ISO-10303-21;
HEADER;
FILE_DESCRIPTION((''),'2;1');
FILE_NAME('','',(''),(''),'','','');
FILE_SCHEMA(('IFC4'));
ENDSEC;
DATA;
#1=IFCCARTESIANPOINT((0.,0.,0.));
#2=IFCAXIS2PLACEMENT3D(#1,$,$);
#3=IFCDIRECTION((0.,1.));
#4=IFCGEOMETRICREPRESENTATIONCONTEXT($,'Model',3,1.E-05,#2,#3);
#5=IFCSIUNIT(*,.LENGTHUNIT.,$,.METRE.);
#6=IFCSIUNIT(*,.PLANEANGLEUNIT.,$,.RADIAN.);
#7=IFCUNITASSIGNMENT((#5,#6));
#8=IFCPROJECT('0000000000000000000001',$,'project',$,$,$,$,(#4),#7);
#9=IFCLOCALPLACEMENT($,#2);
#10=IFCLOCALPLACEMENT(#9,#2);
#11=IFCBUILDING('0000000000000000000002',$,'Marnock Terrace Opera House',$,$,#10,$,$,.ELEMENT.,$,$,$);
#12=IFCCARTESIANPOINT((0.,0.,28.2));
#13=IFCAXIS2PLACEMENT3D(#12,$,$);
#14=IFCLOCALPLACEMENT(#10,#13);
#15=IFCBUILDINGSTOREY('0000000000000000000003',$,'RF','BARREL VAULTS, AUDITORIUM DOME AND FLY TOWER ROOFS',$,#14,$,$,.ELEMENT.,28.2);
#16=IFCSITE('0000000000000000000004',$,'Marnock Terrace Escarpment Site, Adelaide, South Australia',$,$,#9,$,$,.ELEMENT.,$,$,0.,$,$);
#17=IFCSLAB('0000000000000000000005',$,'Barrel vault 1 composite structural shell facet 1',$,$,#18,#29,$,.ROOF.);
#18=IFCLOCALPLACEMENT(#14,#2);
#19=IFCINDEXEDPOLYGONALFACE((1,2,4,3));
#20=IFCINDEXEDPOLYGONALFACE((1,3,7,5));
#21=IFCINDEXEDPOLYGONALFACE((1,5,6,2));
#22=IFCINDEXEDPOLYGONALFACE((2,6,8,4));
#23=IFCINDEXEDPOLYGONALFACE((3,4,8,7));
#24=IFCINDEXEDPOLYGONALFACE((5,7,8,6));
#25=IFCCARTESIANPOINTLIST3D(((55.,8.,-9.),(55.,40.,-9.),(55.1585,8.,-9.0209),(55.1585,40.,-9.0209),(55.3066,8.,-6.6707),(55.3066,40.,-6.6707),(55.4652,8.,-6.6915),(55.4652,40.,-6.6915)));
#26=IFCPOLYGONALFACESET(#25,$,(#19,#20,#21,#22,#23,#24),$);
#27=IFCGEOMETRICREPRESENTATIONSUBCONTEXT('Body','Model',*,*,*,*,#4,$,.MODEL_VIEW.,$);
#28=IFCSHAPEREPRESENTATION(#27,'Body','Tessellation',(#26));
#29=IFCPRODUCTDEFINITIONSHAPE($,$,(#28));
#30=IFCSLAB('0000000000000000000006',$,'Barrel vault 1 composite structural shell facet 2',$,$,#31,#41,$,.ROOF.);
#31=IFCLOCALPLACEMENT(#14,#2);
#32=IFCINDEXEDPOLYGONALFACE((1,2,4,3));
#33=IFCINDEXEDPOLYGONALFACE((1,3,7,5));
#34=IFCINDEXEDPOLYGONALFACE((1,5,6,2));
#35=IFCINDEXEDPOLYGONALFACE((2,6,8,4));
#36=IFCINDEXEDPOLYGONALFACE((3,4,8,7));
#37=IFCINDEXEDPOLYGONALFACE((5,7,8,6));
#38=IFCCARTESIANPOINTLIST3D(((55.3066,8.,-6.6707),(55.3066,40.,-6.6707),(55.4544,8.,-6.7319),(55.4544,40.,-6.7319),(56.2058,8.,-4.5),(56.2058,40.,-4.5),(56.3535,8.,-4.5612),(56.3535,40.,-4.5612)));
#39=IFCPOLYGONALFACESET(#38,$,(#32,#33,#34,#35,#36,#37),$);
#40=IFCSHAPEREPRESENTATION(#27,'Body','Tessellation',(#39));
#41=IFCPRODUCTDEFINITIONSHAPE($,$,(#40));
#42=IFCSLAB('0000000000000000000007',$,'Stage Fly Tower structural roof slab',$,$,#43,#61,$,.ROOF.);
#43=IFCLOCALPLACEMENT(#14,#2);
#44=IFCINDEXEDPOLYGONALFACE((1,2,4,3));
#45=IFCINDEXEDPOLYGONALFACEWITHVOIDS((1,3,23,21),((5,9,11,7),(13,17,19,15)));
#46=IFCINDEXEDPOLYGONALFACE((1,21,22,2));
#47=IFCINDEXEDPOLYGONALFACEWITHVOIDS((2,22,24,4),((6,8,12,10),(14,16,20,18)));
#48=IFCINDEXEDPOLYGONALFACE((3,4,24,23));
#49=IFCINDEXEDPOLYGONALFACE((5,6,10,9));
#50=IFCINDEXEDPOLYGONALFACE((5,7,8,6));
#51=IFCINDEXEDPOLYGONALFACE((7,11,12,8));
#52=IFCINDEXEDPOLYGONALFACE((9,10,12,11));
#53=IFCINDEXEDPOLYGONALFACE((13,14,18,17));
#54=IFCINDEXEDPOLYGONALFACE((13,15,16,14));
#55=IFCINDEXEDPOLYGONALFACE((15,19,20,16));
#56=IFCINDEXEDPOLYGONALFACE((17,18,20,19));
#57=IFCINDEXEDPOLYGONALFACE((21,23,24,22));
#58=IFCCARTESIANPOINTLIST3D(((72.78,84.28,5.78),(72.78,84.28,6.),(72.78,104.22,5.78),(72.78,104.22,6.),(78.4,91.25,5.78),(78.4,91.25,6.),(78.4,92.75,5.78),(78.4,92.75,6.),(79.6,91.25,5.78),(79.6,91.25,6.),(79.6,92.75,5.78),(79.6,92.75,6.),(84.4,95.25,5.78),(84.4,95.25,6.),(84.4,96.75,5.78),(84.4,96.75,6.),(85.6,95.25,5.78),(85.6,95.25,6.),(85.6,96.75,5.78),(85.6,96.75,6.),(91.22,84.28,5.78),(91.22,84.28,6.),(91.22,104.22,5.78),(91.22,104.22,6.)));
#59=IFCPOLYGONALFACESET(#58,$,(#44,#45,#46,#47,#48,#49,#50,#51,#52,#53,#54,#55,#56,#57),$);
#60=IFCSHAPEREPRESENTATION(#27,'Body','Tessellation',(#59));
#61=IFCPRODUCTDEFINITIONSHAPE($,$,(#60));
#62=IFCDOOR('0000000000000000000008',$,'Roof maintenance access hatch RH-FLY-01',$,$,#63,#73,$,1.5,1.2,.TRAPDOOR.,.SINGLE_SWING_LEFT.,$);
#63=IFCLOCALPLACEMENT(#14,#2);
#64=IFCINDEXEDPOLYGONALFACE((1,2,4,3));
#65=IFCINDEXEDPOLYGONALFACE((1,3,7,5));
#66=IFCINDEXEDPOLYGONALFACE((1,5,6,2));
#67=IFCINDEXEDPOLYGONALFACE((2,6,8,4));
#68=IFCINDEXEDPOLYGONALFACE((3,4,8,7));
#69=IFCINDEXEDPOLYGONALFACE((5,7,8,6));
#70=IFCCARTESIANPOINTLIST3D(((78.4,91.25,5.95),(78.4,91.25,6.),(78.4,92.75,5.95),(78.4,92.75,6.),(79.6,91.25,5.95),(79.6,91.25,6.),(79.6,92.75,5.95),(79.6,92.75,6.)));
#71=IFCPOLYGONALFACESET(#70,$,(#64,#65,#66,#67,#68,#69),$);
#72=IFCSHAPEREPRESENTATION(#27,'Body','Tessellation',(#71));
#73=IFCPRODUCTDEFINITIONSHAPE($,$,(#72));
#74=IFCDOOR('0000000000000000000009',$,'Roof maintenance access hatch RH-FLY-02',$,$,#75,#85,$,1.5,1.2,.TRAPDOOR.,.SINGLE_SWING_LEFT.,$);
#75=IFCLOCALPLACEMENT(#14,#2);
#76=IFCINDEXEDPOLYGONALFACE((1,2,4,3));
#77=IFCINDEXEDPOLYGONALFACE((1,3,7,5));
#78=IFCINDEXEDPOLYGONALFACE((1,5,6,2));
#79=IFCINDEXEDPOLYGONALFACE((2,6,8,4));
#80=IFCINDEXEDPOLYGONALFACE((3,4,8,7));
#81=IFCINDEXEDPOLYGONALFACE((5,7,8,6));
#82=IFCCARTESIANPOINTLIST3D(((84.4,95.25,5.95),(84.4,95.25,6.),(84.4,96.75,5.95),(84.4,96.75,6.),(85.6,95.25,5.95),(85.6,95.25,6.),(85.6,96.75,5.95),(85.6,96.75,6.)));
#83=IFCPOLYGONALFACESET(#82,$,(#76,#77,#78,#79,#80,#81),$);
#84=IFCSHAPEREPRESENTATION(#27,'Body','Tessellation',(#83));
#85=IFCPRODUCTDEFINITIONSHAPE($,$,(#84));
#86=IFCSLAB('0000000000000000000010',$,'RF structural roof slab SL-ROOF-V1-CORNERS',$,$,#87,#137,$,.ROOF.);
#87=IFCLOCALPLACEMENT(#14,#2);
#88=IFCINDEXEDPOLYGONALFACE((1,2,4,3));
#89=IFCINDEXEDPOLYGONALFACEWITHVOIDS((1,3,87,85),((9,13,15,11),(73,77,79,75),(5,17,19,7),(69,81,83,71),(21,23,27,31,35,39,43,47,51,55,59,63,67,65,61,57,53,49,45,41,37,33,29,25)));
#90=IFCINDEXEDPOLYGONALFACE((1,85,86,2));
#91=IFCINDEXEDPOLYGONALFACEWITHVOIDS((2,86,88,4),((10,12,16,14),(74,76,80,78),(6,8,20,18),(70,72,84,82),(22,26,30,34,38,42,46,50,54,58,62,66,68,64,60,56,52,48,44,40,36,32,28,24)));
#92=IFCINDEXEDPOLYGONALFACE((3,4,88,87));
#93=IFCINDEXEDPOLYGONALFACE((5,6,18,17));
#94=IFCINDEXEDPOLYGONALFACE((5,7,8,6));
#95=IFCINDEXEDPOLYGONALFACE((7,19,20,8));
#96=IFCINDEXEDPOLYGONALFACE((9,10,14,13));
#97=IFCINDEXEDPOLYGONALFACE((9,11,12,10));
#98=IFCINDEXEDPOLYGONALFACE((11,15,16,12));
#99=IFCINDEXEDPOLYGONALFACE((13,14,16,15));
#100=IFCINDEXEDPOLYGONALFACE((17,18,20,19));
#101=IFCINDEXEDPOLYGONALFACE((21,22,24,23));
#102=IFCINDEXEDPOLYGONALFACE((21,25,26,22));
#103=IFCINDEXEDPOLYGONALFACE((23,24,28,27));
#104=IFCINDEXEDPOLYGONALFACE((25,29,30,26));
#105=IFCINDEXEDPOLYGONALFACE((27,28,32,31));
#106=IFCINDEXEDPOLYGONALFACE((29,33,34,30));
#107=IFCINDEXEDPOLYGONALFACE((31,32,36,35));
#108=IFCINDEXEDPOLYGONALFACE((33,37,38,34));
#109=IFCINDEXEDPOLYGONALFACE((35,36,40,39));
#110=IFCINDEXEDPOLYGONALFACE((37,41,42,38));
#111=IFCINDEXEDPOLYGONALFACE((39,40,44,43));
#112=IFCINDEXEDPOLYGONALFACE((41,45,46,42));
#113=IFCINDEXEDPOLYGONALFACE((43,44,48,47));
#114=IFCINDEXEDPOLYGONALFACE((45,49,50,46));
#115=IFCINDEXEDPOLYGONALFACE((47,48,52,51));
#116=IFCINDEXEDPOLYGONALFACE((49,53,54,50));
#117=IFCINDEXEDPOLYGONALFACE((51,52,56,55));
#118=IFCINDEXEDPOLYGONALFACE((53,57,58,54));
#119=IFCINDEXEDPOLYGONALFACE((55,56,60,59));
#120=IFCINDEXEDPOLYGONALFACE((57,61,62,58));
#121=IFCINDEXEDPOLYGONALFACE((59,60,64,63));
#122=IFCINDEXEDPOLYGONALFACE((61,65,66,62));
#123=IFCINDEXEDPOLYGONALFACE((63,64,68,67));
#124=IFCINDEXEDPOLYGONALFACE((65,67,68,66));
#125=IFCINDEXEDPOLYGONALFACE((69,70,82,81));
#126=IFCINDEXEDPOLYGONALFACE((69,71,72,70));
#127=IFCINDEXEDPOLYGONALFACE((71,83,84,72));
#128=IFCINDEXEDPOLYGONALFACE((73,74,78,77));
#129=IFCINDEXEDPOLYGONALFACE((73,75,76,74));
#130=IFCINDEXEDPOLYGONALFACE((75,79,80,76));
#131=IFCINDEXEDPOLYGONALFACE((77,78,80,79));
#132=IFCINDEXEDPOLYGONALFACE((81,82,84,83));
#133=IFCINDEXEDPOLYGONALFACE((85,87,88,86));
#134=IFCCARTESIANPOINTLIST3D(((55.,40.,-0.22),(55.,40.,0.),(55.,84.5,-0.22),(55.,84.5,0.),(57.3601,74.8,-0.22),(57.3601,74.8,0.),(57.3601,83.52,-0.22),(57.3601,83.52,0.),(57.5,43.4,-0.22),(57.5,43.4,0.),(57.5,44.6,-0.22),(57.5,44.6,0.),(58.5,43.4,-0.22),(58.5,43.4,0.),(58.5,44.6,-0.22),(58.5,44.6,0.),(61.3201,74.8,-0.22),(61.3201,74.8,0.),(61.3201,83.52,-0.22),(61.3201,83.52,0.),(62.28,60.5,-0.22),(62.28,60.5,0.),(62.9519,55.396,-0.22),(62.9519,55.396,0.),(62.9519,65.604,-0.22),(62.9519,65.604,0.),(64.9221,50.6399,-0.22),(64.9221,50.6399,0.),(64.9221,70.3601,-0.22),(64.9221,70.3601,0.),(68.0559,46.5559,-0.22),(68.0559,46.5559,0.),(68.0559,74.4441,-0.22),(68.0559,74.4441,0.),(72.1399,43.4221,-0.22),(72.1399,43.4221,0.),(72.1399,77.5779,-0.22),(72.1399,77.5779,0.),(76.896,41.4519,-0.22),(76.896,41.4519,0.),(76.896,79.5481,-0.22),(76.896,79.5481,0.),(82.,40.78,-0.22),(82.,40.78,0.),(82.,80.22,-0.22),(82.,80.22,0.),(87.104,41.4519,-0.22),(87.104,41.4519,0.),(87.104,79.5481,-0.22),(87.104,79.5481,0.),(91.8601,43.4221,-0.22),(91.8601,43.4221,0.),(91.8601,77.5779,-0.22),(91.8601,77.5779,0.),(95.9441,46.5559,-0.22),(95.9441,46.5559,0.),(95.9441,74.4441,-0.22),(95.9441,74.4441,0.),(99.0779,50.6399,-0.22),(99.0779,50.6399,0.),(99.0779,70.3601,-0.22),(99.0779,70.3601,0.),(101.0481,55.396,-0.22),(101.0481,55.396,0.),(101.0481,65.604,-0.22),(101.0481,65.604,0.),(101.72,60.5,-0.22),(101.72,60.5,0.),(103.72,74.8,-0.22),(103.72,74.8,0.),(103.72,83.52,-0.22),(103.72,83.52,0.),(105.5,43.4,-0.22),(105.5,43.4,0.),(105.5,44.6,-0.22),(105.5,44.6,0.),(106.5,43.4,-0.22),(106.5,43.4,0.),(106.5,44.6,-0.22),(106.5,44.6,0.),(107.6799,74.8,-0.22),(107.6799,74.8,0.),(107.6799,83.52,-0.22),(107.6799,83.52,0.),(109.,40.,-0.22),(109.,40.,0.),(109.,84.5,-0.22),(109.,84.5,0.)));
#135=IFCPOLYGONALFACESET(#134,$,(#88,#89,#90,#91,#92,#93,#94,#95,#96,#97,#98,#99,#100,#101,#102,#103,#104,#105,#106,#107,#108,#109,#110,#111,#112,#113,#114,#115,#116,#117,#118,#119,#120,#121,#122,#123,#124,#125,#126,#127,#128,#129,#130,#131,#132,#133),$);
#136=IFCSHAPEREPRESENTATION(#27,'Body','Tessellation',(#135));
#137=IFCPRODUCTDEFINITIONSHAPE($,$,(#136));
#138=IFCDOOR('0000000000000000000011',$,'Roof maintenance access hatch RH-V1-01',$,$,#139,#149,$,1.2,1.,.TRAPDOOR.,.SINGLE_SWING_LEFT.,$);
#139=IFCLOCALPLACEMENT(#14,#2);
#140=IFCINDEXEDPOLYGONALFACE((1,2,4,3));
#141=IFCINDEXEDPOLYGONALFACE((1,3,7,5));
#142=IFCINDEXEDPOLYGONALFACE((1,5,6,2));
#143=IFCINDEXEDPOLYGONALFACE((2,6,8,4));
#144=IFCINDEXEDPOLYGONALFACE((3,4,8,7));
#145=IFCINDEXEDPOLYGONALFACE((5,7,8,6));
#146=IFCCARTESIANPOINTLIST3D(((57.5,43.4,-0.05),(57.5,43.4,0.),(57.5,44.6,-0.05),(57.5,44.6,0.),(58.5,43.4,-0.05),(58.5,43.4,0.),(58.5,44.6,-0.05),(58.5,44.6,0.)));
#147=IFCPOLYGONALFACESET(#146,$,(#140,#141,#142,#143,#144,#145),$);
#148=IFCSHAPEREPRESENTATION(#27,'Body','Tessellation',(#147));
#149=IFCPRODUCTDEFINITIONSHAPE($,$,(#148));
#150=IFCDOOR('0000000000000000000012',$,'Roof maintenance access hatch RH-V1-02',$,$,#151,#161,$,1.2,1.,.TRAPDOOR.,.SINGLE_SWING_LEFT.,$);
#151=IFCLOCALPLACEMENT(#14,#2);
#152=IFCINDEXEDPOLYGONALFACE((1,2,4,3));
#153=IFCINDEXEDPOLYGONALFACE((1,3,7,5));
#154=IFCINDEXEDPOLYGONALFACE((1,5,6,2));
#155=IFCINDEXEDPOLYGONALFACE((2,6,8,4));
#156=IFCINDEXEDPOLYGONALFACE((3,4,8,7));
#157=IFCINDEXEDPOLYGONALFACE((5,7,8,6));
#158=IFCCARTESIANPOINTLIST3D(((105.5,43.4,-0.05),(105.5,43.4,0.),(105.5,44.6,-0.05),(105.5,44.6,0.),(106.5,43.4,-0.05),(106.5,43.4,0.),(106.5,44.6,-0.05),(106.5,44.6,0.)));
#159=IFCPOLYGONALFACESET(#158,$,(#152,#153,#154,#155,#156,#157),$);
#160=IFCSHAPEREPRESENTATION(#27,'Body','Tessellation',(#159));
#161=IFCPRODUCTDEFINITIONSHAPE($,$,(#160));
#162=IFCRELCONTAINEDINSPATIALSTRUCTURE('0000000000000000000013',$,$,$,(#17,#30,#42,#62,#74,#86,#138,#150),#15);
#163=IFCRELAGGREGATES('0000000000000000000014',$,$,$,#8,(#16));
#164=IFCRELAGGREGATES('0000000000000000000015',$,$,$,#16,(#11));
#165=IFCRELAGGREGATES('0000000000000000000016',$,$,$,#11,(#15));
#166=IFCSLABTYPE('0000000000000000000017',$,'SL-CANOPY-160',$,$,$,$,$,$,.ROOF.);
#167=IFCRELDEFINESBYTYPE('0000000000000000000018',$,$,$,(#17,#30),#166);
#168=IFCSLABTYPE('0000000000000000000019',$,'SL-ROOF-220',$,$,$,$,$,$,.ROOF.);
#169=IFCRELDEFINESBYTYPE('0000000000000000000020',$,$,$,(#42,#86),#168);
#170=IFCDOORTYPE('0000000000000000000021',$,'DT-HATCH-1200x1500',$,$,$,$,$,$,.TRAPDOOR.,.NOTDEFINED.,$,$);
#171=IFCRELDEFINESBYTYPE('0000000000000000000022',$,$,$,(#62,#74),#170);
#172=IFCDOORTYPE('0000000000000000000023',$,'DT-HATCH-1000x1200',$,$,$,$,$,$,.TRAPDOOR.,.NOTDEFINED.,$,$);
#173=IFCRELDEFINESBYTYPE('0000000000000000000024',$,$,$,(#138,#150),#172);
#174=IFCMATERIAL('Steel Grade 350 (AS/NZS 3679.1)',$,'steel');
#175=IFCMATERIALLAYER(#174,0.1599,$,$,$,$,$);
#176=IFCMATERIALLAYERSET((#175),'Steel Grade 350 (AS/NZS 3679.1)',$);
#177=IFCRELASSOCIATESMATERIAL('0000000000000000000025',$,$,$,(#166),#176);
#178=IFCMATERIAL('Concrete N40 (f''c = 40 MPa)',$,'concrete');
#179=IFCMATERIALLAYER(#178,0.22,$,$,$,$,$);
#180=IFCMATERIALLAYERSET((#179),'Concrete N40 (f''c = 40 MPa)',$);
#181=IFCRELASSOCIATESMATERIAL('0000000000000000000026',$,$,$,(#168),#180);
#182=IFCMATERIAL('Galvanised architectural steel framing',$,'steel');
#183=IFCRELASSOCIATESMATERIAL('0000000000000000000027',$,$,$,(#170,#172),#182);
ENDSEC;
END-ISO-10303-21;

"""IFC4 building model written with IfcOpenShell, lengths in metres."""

from ifc_helpers import new_model, si_unit, direction, frame, origin, origin_2d, place, context, subcontext, project, spatial, polyline, rectangle, outline, extrude, material, layer, layer_set, type_object, element, fill, save


model = new_model("IFC4")

# Units and contexts
model_context = context("Model", 3, precision=1e-05, world=origin(), true_north=direction((0.0, 1.0)))
body_context = subcontext(model_context, "Body", "Model", "MODEL_VIEW")
ifc_project = project(units=[si_unit("LENGTHUNIT", "METRE"), si_unit("PLANEANGLEUNIT", "RADIAN")], contexts=[model_context])

# Site, building, storey
site_placement = place(None, origin())
site = spatial("IfcSite", under=ifc_project, at=site_placement, Name="Marnock Terrace Escarpment Site, Adelaide, South Australia", CompositionType="ELEMENT", RefElevation=0.0)
building_placement = place(site_placement, origin())
building = spatial("IfcBuilding", under=site, at=building_placement, Name="Marnock Terrace Opera House", CompositionType="ELEMENT")
storey_placement = place(building_placement, frame((0.0, 0.0, 28.2)))
storey = spatial("IfcBuildingStorey", under=building, at=storey_placement, Name="RF", Description="BARREL VAULTS, AUDITORIUM DOME AND FLY TOWER ROOFS", CompositionType="ELEMENT", Elevation=28.2)

# Shared definitions
ifc_material_1 = material(Name="Steel Grade 350 (AS/NZS 3679.1)", Category="steel")

# Slabs
ifc_layer_1 = layer(ifc_material_1, 0.1599)
ifc_layer_set_1 = layer_set([ifc_layer_1], Name="Steel Grade 350 (AS/NZS 3679.1)")
slab_type_1 = type_object("IfcSlabType", Name="SL-CANOPY-160", PredefinedType="ROOF", material=ifc_layer_set_1)
slab_1_placement = place(storey_placement, frame((55.0, 8.0, -9.0), z_axis=(-0.991446, 0.0, 0.130516), x_axis=(0.130516, 0.0, 0.991446)))
element("IfcSlab", 1, at=slab_1_placement, inside=storey, type_object=slab_type_1, Name="Barrel vault 1 composite structural shell facet 1", PredefinedType="ROOF", context=body_context, shape_type="SweptSolid", body=[
    extrude(outline(polyline([(0.0, 0.0), (2.3494, 0.0), (2.3494, 32.0), (0.0, 32.0), (0.0, 0.0)])), origin(), (0.0, 0.0, -1.0), 0.1599),
])
slab_2_placement = place(storey_placement, frame((55.3066, 8.0, -6.6707), z_axis=(-0.923871, 0.0, 0.382704), x_axis=(0.382704, 0.0, 0.923871)))
element("IfcSlab", 2, at=slab_2_placement, inside=storey, type_object=slab_type_1, Name="Barrel vault 1 composite structural shell facet 2", PredefinedType="ROOF", context=body_context, shape_type="SweptSolid", body=[
    extrude(outline(polyline([(0.0, 0.0), (2.3495, 0.0), (2.3495, 32.0), (0.0, 32.0), (0.0, 0.0)])), origin(), (0.0, 0.0, -1.0), 0.1599),
])

# Slabs, openings, doors
ifc_material_2 = material(Name="Concrete N40 (f'c = 40 MPa)", Category="concrete")
ifc_layer_2 = layer(ifc_material_2, 0.22)
ifc_layer_set_2 = layer_set([ifc_layer_2], Name="Concrete N40 (f'c = 40 MPa)")
slab_type_2 = type_object("IfcSlabType", Name="SL-ROOF-220", PredefinedType="ROOF", material=ifc_layer_set_2)
slab_3_placement = place(storey_placement, frame((0.0, 0.0, 5.78)))
slab_3 = element("IfcSlab", 3, at=slab_3_placement, inside=storey, type_object=slab_type_2, Name="Stage Fly Tower structural roof slab", PredefinedType="ROOF", context=body_context, shape_type="SweptSolid", body=[
    extrude(outline(polyline([(72.78, 84.28), (91.22, 84.28), (91.22, 104.22), (72.78, 104.22), (72.78, 84.28)])), origin(), (0.0, 0.0, 1.0), 0.22),
])
opening_1_placement = place(slab_3_placement, frame((79.0, 92.0, 0.0)))
opening_1 = element("IfcOpeningElement", 4, at=opening_1_placement, cuts=slab_3, PredefinedType="OPENING", context=body_context, shape_type="SweptSolid", body=[
    extrude(rectangle(XDim=1.2, YDim=1.5, at=origin_2d()), frame((0.0, 0.0, -0.01)), (0.0, 0.0, 1.0), 0.24),
])
opening_2_placement = place(slab_3_placement, frame((85.0, 96.0, 0.0)))
opening_2 = element("IfcOpeningElement", 5, at=opening_2_placement, cuts=slab_3, PredefinedType="OPENING", context=body_context, shape_type="SweptSolid", body=[
    extrude(rectangle(XDim=1.2, YDim=1.5, at=origin_2d()), frame((0.0, 0.0, -0.01)), (0.0, 0.0, 1.0), 0.24),
])
ifc_material_3 = material(Name="Galvanised architectural steel framing", Category="steel")
door_type_1 = type_object("IfcDoorType", Name="DT-HATCH-1200x1500", OperationType="NOTDEFINED", PredefinedType="TRAPDOOR", material=ifc_material_3)
door_1_placement = place(opening_1_placement, frame((0.0, 0.0, 0.1699)))
door_1 = element("IfcDoor", 6, at=door_1_placement, inside=storey, type_object=door_type_1, Name="Roof maintenance access hatch RH-FLY-01", OperationType="SINGLE_SWING_LEFT", OverallHeight=1.5, OverallWidth=1.2, PredefinedType="TRAPDOOR", context=body_context, shape_type="SweptSolid", body=[
    extrude(rectangle(XDim=1.2, YDim=1.5, at=origin_2d()), origin(), (0.0, 0.0, 1.0), 0.05),
])
fill(opening_1, door_1)
door_2_placement = place(opening_2_placement, frame((0.0, 0.0, 0.1699)))
door_2 = element("IfcDoor", 7, at=door_2_placement, inside=storey, type_object=door_type_1, Name="Roof maintenance access hatch RH-FLY-02", OperationType="SINGLE_SWING_LEFT", OverallHeight=1.5, OverallWidth=1.2, PredefinedType="TRAPDOOR", context=body_context, shape_type="SweptSolid", body=[
    extrude(rectangle(XDim=1.2, YDim=1.5, at=origin_2d()), origin(), (0.0, 0.0, 1.0), 0.05),
])
fill(opening_2, door_2)
slab_4_placement = place(storey_placement, frame((0.0, 0.0, -0.22)))
slab_4 = element("IfcSlab", 8, at=slab_4_placement, inside=storey, type_object=slab_type_2, Name="RF structural roof slab SL-ROOF-V1-CORNERS", PredefinedType="ROOF", context=body_context, shape_type="SweptSolid", body=[
    extrude(outline(polyline([(55.0, 40.0), (109.0, 40.0), (109.0, 84.5), (55.0, 84.5), (55.0, 40.0)]), holes=[polyline([(101.72, 60.5), (101.0481, 65.604), (99.0779, 70.3601), (95.9441, 74.4441), (91.8601, 77.5779), (87.104, 79.5481), (82.0, 80.22), (76.896, 79.5481), (72.1399, 77.5779), (68.0559, 74.4441), (64.9221, 70.3601), (62.9519, 65.604), (62.28, 60.5), (62.9519, 55.396), (64.9221, 50.6399), (68.0559, 46.5559), (72.1399, 43.4221), (76.896, 41.4519), (82.0, 40.78), (87.104, 41.4519), (91.8601, 43.4221), (95.9441, 46.5559), (99.0779, 50.6399), (101.0481, 55.396), (101.72, 60.5)]), polyline([(61.3201, 74.8), (61.3201, 83.52), (57.3601, 83.52), (57.3601, 74.8), (61.3201, 74.8)]), polyline([(107.6799, 74.8), (107.6799, 83.52), (103.72, 83.52), (103.72, 74.8), (107.6799, 74.8)])]), origin(), (0.0, 0.0, 1.0), 0.22),
])
opening_3_placement = place(slab_4_placement, frame((58.0, 44.0, 0.0)))
opening_3 = element("IfcOpeningElement", 9, at=opening_3_placement, cuts=slab_4, PredefinedType="OPENING", context=body_context, shape_type="SweptSolid", body=[
    extrude(rectangle(XDim=1.0, YDim=1.2, at=origin_2d()), frame((0.0, 0.0, -0.01)), (0.0, 0.0, 1.0), 0.24),
])
opening_4_placement = place(slab_4_placement, frame((106.0, 44.0, 0.0)))
opening_4 = element("IfcOpeningElement", 10, at=opening_4_placement, cuts=slab_4, PredefinedType="OPENING", context=body_context, shape_type="SweptSolid", body=[
    extrude(rectangle(XDim=1.0, YDim=1.2, at=origin_2d()), frame((0.0, 0.0, -0.01)), (0.0, 0.0, 1.0), 0.24),
])
door_type_2 = type_object("IfcDoorType", Name="DT-HATCH-1000x1200", OperationType="NOTDEFINED", PredefinedType="TRAPDOOR", material=ifc_material_3)
door_3_placement = place(opening_3_placement, frame((0.0, 0.0, 0.1699)))
door_3 = element("IfcDoor", 11, at=door_3_placement, inside=storey, type_object=door_type_2, Name="Roof maintenance access hatch RH-V1-01", OperationType="SINGLE_SWING_LEFT", OverallHeight=1.2, OverallWidth=1.0, PredefinedType="TRAPDOOR", context=body_context, shape_type="SweptSolid", body=[
    extrude(rectangle(XDim=1.0, YDim=1.2, at=origin_2d()), origin(), (0.0, 0.0, 1.0), 0.05),
])
fill(opening_3, door_3)
door_4_placement = place(opening_4_placement, frame((0.0, 0.0, 0.1699)))
door_4 = element("IfcDoor", 12, at=door_4_placement, inside=storey, type_object=door_type_2, Name="Roof maintenance access hatch RH-V1-02", OperationType="SINGLE_SWING_LEFT", OverallHeight=1.2, OverallWidth=1.0, PredefinedType="TRAPDOOR", context=body_context, shape_type="SweptSolid", body=[
    extrude(rectangle(XDim=1.0, YDim=1.2, at=origin_2d()), origin(), (0.0, 0.0, 1.0), 0.05),
])
fill(opening_4, door_4)

save(model, "model.ifc")
